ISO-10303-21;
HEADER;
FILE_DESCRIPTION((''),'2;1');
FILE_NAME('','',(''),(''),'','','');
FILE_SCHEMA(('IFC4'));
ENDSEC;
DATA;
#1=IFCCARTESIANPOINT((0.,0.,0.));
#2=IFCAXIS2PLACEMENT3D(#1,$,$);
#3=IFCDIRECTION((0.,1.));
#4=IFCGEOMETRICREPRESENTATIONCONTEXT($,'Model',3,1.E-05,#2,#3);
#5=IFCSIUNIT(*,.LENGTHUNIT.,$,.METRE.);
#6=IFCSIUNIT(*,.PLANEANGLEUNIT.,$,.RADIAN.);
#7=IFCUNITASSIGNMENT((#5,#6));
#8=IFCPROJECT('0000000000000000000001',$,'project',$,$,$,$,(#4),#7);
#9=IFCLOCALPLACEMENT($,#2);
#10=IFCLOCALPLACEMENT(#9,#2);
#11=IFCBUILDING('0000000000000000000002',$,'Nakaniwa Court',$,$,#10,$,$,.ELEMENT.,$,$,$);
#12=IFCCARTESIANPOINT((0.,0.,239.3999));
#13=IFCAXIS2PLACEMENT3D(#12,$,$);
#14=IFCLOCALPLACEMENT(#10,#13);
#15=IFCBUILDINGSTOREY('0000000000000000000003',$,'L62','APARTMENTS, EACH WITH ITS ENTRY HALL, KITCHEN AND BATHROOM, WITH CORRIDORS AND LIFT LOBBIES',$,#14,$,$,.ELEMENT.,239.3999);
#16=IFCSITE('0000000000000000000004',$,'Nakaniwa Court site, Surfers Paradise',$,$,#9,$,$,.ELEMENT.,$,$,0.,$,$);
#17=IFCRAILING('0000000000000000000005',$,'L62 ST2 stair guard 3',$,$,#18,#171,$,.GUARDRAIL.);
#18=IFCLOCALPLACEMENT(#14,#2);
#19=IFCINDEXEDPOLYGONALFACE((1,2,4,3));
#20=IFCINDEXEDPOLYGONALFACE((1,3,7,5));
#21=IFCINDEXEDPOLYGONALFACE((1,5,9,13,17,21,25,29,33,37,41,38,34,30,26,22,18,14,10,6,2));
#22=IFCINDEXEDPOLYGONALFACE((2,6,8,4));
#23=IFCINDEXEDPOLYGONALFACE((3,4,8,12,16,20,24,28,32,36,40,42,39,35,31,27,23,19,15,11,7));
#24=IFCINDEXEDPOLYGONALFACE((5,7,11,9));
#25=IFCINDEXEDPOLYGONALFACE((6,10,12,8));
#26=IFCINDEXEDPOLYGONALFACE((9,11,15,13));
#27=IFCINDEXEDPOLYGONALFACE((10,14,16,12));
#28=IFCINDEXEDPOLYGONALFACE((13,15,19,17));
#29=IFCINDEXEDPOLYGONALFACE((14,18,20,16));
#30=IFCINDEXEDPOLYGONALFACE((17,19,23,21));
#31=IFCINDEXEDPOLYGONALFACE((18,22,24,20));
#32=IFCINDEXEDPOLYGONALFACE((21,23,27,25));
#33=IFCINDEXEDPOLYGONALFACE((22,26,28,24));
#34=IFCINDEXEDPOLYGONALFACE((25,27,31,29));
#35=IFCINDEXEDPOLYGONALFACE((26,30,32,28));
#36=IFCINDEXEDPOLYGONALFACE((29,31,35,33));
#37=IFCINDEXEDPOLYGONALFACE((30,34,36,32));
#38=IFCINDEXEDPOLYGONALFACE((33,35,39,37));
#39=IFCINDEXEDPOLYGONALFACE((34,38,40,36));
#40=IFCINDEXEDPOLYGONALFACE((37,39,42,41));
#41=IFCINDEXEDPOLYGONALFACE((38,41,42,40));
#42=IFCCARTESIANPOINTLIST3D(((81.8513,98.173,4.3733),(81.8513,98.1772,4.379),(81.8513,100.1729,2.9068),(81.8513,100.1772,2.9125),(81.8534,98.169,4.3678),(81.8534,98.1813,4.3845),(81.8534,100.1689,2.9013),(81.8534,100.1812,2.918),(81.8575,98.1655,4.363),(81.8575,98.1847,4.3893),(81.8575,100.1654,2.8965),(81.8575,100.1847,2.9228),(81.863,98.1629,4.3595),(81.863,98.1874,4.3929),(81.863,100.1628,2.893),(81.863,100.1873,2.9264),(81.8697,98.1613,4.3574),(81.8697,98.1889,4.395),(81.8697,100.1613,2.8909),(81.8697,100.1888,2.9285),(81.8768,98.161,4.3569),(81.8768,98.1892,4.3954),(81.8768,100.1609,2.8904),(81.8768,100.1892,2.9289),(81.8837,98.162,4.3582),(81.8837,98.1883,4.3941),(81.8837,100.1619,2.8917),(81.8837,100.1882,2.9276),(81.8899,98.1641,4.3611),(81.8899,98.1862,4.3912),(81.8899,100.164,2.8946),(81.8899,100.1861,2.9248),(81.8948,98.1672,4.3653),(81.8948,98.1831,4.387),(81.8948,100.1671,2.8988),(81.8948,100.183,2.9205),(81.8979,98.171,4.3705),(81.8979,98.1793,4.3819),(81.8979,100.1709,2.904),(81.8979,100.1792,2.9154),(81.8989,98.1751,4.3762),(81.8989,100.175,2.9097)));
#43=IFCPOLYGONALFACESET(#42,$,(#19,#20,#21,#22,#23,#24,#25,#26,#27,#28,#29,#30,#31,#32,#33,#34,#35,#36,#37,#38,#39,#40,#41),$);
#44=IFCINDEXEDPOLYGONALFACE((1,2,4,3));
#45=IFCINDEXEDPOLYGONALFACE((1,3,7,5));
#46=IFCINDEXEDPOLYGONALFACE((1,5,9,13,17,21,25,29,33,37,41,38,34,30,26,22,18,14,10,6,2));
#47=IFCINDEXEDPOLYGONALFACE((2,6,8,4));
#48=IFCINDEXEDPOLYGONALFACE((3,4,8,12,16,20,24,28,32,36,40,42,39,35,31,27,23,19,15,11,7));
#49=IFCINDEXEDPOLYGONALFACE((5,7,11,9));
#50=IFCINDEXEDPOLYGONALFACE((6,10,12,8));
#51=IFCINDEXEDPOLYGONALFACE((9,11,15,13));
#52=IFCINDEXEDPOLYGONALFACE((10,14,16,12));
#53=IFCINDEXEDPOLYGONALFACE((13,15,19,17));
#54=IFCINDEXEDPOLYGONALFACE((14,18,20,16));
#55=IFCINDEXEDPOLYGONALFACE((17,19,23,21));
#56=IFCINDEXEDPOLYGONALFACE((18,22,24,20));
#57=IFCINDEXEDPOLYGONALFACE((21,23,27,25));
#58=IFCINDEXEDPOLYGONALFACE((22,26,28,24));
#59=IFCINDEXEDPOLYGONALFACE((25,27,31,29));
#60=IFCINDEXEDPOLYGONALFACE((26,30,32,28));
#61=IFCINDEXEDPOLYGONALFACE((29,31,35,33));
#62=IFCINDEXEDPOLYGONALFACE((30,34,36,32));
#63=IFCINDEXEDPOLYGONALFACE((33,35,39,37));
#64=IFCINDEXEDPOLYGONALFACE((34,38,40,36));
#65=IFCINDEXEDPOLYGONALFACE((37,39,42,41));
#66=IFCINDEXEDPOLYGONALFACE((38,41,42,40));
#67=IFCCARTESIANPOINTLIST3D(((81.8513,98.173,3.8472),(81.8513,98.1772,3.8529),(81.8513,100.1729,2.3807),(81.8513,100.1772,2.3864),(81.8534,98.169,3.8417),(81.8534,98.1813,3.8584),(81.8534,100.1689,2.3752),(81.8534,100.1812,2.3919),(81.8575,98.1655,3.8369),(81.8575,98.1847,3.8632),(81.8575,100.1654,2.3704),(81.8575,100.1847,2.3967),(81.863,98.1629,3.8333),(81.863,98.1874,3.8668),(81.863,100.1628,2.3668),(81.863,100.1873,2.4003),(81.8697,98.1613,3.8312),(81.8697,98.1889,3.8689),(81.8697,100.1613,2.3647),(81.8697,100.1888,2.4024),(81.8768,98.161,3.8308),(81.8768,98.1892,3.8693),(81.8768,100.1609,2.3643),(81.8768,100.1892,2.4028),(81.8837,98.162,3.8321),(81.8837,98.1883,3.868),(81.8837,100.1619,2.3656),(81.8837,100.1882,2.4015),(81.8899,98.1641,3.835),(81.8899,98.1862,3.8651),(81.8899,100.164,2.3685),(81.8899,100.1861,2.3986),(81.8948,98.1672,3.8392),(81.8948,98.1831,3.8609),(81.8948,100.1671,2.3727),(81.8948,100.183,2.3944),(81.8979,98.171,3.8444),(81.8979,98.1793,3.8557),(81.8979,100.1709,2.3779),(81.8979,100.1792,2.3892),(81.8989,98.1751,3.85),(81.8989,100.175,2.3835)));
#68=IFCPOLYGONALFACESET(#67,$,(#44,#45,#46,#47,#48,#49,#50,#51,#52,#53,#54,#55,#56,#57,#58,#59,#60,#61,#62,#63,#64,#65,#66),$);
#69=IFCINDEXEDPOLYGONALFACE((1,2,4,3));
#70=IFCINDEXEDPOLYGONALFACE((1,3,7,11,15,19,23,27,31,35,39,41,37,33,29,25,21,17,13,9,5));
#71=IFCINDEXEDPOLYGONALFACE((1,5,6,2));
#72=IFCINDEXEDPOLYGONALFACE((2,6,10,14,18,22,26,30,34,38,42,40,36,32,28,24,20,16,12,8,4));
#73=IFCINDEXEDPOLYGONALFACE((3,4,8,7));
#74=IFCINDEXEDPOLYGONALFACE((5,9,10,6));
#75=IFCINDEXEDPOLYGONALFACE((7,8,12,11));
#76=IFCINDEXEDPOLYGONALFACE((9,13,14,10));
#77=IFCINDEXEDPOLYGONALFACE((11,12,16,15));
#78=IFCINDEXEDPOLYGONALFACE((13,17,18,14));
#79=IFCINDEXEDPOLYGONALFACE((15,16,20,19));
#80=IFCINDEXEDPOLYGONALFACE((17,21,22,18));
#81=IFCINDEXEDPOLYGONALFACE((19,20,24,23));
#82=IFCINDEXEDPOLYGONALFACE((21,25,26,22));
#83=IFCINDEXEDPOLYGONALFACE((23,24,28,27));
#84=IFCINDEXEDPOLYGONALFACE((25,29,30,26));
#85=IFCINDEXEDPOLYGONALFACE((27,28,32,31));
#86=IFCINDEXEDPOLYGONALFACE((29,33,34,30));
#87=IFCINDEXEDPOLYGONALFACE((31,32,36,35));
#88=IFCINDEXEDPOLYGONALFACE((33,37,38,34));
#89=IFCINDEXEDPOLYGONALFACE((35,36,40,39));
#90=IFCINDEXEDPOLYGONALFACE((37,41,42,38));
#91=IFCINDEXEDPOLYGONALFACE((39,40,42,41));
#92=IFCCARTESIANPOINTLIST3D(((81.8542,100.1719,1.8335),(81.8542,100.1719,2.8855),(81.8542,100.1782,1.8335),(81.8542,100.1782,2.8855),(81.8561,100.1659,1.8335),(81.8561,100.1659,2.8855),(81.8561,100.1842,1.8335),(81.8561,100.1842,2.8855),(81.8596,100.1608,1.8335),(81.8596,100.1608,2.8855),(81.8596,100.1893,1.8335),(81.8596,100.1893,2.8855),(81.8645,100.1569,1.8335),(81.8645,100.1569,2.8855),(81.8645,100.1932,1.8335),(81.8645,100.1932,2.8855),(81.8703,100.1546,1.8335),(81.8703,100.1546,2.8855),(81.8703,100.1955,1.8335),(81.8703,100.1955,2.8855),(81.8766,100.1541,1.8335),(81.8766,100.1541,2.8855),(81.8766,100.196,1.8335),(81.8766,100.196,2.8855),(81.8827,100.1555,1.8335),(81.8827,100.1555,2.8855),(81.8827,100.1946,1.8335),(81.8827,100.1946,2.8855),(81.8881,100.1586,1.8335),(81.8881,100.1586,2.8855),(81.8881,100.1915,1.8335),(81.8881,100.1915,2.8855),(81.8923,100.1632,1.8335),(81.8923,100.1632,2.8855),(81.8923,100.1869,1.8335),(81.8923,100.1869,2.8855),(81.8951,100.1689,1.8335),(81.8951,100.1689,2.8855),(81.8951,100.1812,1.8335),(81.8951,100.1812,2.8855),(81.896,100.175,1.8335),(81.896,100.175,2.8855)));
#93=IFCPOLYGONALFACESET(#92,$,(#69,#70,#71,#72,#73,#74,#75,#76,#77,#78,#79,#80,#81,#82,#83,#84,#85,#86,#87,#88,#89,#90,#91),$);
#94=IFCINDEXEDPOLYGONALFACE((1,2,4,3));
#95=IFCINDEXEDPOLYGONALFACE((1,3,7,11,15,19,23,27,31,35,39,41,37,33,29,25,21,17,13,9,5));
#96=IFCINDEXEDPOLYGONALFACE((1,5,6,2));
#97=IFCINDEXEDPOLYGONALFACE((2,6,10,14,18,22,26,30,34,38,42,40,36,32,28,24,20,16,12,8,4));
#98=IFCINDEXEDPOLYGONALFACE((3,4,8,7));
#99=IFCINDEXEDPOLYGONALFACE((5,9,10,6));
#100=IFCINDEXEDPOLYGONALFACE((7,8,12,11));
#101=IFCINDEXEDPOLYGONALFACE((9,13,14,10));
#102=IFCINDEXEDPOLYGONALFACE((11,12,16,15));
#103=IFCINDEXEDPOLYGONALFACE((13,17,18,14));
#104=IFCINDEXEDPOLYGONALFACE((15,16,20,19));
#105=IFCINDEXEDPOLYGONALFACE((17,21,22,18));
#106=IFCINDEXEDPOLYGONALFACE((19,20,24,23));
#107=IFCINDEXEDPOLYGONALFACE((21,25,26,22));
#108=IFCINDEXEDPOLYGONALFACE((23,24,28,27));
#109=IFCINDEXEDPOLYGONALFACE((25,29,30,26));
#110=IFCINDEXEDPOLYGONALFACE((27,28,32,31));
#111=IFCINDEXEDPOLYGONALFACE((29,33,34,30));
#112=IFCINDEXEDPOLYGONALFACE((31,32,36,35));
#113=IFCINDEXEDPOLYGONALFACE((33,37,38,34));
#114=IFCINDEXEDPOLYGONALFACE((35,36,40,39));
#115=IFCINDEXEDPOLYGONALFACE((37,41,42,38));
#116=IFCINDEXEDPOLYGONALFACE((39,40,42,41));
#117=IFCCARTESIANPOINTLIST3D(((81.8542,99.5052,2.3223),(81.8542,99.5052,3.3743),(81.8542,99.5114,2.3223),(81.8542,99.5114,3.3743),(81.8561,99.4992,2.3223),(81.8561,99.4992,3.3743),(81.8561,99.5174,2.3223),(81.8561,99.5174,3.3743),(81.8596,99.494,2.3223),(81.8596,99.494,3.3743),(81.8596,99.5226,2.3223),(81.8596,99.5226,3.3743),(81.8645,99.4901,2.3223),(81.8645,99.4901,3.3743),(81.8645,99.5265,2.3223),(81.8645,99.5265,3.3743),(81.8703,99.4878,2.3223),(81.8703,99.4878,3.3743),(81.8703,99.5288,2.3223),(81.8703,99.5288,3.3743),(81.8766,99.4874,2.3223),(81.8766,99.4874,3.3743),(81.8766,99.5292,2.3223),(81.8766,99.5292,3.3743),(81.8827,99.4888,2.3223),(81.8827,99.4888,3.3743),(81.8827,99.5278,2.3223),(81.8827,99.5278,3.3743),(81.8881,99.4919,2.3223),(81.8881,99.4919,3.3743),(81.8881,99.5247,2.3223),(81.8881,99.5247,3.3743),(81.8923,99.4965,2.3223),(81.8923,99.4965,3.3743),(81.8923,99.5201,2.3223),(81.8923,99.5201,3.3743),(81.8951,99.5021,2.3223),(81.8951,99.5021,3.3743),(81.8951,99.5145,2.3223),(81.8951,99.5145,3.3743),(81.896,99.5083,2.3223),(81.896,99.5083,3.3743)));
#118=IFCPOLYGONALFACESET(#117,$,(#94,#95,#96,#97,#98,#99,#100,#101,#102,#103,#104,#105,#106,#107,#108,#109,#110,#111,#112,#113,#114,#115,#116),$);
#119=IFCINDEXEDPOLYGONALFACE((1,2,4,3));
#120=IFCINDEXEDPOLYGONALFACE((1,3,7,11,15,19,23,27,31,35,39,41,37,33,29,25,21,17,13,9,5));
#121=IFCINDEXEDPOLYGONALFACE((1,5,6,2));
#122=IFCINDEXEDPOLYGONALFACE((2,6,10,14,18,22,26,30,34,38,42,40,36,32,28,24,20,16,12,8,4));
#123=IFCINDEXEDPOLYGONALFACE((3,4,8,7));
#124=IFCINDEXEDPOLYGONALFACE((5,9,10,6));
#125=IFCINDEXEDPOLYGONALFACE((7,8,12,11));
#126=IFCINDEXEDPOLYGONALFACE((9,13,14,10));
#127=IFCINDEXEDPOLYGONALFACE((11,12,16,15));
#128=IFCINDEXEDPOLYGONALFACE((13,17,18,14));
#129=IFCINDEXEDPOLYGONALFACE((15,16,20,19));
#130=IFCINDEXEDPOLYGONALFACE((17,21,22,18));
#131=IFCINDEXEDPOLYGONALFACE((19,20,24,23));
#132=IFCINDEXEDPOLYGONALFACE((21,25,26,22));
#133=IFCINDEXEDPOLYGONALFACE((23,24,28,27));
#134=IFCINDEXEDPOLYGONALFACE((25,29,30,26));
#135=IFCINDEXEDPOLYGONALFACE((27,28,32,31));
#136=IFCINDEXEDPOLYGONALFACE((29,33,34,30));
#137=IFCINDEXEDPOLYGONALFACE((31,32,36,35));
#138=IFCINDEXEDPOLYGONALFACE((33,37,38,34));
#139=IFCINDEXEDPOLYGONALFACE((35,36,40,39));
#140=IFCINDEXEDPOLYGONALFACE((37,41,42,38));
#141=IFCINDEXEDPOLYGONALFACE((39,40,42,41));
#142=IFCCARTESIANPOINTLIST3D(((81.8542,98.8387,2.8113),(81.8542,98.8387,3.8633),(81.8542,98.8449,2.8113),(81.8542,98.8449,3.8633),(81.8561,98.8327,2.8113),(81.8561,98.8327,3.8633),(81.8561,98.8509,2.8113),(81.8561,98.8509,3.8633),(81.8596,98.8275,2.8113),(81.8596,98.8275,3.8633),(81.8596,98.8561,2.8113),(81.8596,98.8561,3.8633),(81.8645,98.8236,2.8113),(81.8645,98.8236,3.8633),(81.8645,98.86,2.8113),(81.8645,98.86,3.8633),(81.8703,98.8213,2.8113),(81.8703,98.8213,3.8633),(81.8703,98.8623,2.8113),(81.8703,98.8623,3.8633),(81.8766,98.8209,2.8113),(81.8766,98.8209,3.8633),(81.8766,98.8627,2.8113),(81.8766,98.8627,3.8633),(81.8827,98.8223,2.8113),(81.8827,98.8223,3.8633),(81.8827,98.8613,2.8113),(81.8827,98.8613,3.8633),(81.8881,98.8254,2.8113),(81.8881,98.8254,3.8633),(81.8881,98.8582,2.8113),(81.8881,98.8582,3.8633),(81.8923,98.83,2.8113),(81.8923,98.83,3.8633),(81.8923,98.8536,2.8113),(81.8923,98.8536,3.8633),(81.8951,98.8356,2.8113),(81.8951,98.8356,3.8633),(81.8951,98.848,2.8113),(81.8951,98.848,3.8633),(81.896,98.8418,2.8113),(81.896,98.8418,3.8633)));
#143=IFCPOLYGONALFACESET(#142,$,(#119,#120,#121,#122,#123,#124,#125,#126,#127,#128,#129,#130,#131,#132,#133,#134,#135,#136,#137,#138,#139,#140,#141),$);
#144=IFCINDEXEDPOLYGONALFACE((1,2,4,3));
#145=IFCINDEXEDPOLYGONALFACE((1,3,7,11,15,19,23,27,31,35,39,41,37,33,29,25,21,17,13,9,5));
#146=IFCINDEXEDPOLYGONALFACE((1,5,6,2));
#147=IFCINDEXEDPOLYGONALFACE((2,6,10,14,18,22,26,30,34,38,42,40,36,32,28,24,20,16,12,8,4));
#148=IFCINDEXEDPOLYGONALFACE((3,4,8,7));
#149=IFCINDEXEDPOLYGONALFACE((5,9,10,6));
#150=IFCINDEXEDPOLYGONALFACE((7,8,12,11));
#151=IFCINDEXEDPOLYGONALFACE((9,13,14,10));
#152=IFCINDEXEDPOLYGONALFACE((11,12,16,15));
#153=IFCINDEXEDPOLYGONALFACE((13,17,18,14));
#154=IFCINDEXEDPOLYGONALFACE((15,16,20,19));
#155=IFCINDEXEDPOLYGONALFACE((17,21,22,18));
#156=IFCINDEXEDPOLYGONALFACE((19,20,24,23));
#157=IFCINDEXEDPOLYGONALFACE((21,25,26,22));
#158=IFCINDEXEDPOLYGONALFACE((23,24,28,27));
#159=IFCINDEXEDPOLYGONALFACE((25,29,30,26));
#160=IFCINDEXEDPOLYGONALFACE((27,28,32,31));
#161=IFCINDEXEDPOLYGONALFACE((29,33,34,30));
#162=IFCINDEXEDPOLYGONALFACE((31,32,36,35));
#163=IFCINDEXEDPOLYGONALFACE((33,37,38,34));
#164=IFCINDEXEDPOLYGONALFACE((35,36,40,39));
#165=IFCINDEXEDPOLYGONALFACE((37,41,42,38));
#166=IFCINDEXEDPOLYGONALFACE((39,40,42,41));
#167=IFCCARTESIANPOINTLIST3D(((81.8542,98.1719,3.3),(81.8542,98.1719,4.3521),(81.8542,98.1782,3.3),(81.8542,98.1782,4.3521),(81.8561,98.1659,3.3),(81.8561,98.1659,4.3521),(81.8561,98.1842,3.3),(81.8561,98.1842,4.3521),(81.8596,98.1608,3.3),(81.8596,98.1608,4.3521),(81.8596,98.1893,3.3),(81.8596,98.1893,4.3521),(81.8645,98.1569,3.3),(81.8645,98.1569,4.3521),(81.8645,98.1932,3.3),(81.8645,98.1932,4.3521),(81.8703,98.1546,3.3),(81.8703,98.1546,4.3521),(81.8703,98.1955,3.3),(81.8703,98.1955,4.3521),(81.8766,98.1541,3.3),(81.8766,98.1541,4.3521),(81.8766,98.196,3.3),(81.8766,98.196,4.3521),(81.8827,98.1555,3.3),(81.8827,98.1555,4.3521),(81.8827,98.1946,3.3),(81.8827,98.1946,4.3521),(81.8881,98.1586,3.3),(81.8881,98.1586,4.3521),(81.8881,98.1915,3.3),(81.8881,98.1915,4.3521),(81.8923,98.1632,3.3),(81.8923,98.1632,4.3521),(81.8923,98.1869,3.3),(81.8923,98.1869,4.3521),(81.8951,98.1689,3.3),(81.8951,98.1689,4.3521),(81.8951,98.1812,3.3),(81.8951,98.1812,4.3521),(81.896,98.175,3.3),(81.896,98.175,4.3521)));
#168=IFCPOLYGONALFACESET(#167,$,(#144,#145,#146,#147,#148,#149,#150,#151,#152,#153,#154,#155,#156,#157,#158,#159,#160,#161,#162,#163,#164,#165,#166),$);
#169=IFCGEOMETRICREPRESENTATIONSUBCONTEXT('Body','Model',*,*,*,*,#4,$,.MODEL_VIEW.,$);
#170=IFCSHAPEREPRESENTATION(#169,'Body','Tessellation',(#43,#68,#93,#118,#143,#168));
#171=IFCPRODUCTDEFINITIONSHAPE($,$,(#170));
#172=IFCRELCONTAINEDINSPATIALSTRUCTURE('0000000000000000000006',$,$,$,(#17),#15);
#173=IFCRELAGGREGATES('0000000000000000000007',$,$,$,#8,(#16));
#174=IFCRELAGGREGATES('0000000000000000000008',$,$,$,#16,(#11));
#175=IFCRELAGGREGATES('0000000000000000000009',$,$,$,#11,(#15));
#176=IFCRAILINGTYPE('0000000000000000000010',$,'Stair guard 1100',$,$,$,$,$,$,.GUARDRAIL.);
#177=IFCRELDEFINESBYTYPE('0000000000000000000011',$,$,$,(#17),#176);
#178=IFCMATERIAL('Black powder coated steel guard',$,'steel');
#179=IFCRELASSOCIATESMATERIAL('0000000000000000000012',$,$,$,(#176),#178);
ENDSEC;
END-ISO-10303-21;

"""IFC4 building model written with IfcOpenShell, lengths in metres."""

from ifc_helpers import new_model, si_unit, direction, frame, origin, origin_2d, place, context, subcontext, project, spatial, circle, extrude, material, type_object, element, save


model = new_model("IFC4")

# Units and contexts
model_context = context("Model", 3, precision=1e-05, world=origin(), true_north=direction((0.0, 1.0)))
body_context = subcontext(model_context, "Body", "Model", "MODEL_VIEW")
ifc_project = project(units=[si_unit("LENGTHUNIT", "METRE"), si_unit("PLANEANGLEUNIT", "RADIAN")], contexts=[model_context])

# Site, building, storey
site_placement = place(None, origin())
site = spatial("IfcSite", under=ifc_project, at=site_placement, Name="Nakaniwa Court site, Surfers Paradise", CompositionType="ELEMENT", RefElevation=0.0)
building_placement = place(site_placement, origin())
building = spatial("IfcBuilding", under=site, at=building_placement, Name="Nakaniwa Court", CompositionType="ELEMENT")
storey_placement = place(building_placement, frame((0.0, 0.0, 239.3999)))
storey = spatial("IfcBuildingStorey", under=building, at=storey_placement, Name="L62", Description="APARTMENTS, EACH WITH ITS ENTRY HALL, KITCHEN AND BATHROOM, WITH CORRIDORS AND LIFT LOBBIES", CompositionType="ELEMENT", Elevation=239.3999)

# Railing
ifc_material_1 = material(Name="Black powder coated steel guard", Category="steel")
railing_type_1 = type_object("IfcRailingType", Name="Stair guard 1100", PredefinedType="GUARDRAIL", material=ifc_material_1)
railing_1_placement = place(storey_placement, frame((81.875, 100.175, 1.8335)))
element("IfcRailing", 1, at=railing_1_placement, inside=storey, type_object=railing_type_1, Name="L62 ST2 stair guard 3", PredefinedType="GUARDRAIL", context=body_context, shape_type="SweptSolid", body=[
    extrude(circle(Radius=0.0239, at=origin_2d()), frame((0.0, 0.0, 1.0762), z_axis=(0.0, -0.806427, 0.591334), x_axis=(1.0, 0.0, 0.0)), (0.0, 0.0, 1.0), 2.48),
    extrude(circle(Radius=0.0239, at=origin_2d()), frame((0.0, 0.0, 0.55), z_axis=(0.0, -0.806427, 0.591334), x_axis=(1.0, 0.0, 0.0)), (0.0, 0.0, 1.0), 2.48),
    extrude(circle(Radius=0.021, at=origin_2d()), origin(), (0.0, 0.0, 1.0), 1.052),
    extrude(circle(Radius=0.021, at=origin_2d()), frame((0.0, -0.6667, 0.4888)), (0.0, 0.0, 1.0), 1.052),
    extrude(circle(Radius=0.021, at=origin_2d()), frame((0.0, -1.3333, 0.9778)), (0.0, 0.0, 1.0), 1.052),
    extrude(circle(Radius=0.021, at=origin_2d()), frame((0.0, -2.0, 1.4666)), (0.0, 0.0, 1.0), 1.052),
])

save(model, "model.ifc")
